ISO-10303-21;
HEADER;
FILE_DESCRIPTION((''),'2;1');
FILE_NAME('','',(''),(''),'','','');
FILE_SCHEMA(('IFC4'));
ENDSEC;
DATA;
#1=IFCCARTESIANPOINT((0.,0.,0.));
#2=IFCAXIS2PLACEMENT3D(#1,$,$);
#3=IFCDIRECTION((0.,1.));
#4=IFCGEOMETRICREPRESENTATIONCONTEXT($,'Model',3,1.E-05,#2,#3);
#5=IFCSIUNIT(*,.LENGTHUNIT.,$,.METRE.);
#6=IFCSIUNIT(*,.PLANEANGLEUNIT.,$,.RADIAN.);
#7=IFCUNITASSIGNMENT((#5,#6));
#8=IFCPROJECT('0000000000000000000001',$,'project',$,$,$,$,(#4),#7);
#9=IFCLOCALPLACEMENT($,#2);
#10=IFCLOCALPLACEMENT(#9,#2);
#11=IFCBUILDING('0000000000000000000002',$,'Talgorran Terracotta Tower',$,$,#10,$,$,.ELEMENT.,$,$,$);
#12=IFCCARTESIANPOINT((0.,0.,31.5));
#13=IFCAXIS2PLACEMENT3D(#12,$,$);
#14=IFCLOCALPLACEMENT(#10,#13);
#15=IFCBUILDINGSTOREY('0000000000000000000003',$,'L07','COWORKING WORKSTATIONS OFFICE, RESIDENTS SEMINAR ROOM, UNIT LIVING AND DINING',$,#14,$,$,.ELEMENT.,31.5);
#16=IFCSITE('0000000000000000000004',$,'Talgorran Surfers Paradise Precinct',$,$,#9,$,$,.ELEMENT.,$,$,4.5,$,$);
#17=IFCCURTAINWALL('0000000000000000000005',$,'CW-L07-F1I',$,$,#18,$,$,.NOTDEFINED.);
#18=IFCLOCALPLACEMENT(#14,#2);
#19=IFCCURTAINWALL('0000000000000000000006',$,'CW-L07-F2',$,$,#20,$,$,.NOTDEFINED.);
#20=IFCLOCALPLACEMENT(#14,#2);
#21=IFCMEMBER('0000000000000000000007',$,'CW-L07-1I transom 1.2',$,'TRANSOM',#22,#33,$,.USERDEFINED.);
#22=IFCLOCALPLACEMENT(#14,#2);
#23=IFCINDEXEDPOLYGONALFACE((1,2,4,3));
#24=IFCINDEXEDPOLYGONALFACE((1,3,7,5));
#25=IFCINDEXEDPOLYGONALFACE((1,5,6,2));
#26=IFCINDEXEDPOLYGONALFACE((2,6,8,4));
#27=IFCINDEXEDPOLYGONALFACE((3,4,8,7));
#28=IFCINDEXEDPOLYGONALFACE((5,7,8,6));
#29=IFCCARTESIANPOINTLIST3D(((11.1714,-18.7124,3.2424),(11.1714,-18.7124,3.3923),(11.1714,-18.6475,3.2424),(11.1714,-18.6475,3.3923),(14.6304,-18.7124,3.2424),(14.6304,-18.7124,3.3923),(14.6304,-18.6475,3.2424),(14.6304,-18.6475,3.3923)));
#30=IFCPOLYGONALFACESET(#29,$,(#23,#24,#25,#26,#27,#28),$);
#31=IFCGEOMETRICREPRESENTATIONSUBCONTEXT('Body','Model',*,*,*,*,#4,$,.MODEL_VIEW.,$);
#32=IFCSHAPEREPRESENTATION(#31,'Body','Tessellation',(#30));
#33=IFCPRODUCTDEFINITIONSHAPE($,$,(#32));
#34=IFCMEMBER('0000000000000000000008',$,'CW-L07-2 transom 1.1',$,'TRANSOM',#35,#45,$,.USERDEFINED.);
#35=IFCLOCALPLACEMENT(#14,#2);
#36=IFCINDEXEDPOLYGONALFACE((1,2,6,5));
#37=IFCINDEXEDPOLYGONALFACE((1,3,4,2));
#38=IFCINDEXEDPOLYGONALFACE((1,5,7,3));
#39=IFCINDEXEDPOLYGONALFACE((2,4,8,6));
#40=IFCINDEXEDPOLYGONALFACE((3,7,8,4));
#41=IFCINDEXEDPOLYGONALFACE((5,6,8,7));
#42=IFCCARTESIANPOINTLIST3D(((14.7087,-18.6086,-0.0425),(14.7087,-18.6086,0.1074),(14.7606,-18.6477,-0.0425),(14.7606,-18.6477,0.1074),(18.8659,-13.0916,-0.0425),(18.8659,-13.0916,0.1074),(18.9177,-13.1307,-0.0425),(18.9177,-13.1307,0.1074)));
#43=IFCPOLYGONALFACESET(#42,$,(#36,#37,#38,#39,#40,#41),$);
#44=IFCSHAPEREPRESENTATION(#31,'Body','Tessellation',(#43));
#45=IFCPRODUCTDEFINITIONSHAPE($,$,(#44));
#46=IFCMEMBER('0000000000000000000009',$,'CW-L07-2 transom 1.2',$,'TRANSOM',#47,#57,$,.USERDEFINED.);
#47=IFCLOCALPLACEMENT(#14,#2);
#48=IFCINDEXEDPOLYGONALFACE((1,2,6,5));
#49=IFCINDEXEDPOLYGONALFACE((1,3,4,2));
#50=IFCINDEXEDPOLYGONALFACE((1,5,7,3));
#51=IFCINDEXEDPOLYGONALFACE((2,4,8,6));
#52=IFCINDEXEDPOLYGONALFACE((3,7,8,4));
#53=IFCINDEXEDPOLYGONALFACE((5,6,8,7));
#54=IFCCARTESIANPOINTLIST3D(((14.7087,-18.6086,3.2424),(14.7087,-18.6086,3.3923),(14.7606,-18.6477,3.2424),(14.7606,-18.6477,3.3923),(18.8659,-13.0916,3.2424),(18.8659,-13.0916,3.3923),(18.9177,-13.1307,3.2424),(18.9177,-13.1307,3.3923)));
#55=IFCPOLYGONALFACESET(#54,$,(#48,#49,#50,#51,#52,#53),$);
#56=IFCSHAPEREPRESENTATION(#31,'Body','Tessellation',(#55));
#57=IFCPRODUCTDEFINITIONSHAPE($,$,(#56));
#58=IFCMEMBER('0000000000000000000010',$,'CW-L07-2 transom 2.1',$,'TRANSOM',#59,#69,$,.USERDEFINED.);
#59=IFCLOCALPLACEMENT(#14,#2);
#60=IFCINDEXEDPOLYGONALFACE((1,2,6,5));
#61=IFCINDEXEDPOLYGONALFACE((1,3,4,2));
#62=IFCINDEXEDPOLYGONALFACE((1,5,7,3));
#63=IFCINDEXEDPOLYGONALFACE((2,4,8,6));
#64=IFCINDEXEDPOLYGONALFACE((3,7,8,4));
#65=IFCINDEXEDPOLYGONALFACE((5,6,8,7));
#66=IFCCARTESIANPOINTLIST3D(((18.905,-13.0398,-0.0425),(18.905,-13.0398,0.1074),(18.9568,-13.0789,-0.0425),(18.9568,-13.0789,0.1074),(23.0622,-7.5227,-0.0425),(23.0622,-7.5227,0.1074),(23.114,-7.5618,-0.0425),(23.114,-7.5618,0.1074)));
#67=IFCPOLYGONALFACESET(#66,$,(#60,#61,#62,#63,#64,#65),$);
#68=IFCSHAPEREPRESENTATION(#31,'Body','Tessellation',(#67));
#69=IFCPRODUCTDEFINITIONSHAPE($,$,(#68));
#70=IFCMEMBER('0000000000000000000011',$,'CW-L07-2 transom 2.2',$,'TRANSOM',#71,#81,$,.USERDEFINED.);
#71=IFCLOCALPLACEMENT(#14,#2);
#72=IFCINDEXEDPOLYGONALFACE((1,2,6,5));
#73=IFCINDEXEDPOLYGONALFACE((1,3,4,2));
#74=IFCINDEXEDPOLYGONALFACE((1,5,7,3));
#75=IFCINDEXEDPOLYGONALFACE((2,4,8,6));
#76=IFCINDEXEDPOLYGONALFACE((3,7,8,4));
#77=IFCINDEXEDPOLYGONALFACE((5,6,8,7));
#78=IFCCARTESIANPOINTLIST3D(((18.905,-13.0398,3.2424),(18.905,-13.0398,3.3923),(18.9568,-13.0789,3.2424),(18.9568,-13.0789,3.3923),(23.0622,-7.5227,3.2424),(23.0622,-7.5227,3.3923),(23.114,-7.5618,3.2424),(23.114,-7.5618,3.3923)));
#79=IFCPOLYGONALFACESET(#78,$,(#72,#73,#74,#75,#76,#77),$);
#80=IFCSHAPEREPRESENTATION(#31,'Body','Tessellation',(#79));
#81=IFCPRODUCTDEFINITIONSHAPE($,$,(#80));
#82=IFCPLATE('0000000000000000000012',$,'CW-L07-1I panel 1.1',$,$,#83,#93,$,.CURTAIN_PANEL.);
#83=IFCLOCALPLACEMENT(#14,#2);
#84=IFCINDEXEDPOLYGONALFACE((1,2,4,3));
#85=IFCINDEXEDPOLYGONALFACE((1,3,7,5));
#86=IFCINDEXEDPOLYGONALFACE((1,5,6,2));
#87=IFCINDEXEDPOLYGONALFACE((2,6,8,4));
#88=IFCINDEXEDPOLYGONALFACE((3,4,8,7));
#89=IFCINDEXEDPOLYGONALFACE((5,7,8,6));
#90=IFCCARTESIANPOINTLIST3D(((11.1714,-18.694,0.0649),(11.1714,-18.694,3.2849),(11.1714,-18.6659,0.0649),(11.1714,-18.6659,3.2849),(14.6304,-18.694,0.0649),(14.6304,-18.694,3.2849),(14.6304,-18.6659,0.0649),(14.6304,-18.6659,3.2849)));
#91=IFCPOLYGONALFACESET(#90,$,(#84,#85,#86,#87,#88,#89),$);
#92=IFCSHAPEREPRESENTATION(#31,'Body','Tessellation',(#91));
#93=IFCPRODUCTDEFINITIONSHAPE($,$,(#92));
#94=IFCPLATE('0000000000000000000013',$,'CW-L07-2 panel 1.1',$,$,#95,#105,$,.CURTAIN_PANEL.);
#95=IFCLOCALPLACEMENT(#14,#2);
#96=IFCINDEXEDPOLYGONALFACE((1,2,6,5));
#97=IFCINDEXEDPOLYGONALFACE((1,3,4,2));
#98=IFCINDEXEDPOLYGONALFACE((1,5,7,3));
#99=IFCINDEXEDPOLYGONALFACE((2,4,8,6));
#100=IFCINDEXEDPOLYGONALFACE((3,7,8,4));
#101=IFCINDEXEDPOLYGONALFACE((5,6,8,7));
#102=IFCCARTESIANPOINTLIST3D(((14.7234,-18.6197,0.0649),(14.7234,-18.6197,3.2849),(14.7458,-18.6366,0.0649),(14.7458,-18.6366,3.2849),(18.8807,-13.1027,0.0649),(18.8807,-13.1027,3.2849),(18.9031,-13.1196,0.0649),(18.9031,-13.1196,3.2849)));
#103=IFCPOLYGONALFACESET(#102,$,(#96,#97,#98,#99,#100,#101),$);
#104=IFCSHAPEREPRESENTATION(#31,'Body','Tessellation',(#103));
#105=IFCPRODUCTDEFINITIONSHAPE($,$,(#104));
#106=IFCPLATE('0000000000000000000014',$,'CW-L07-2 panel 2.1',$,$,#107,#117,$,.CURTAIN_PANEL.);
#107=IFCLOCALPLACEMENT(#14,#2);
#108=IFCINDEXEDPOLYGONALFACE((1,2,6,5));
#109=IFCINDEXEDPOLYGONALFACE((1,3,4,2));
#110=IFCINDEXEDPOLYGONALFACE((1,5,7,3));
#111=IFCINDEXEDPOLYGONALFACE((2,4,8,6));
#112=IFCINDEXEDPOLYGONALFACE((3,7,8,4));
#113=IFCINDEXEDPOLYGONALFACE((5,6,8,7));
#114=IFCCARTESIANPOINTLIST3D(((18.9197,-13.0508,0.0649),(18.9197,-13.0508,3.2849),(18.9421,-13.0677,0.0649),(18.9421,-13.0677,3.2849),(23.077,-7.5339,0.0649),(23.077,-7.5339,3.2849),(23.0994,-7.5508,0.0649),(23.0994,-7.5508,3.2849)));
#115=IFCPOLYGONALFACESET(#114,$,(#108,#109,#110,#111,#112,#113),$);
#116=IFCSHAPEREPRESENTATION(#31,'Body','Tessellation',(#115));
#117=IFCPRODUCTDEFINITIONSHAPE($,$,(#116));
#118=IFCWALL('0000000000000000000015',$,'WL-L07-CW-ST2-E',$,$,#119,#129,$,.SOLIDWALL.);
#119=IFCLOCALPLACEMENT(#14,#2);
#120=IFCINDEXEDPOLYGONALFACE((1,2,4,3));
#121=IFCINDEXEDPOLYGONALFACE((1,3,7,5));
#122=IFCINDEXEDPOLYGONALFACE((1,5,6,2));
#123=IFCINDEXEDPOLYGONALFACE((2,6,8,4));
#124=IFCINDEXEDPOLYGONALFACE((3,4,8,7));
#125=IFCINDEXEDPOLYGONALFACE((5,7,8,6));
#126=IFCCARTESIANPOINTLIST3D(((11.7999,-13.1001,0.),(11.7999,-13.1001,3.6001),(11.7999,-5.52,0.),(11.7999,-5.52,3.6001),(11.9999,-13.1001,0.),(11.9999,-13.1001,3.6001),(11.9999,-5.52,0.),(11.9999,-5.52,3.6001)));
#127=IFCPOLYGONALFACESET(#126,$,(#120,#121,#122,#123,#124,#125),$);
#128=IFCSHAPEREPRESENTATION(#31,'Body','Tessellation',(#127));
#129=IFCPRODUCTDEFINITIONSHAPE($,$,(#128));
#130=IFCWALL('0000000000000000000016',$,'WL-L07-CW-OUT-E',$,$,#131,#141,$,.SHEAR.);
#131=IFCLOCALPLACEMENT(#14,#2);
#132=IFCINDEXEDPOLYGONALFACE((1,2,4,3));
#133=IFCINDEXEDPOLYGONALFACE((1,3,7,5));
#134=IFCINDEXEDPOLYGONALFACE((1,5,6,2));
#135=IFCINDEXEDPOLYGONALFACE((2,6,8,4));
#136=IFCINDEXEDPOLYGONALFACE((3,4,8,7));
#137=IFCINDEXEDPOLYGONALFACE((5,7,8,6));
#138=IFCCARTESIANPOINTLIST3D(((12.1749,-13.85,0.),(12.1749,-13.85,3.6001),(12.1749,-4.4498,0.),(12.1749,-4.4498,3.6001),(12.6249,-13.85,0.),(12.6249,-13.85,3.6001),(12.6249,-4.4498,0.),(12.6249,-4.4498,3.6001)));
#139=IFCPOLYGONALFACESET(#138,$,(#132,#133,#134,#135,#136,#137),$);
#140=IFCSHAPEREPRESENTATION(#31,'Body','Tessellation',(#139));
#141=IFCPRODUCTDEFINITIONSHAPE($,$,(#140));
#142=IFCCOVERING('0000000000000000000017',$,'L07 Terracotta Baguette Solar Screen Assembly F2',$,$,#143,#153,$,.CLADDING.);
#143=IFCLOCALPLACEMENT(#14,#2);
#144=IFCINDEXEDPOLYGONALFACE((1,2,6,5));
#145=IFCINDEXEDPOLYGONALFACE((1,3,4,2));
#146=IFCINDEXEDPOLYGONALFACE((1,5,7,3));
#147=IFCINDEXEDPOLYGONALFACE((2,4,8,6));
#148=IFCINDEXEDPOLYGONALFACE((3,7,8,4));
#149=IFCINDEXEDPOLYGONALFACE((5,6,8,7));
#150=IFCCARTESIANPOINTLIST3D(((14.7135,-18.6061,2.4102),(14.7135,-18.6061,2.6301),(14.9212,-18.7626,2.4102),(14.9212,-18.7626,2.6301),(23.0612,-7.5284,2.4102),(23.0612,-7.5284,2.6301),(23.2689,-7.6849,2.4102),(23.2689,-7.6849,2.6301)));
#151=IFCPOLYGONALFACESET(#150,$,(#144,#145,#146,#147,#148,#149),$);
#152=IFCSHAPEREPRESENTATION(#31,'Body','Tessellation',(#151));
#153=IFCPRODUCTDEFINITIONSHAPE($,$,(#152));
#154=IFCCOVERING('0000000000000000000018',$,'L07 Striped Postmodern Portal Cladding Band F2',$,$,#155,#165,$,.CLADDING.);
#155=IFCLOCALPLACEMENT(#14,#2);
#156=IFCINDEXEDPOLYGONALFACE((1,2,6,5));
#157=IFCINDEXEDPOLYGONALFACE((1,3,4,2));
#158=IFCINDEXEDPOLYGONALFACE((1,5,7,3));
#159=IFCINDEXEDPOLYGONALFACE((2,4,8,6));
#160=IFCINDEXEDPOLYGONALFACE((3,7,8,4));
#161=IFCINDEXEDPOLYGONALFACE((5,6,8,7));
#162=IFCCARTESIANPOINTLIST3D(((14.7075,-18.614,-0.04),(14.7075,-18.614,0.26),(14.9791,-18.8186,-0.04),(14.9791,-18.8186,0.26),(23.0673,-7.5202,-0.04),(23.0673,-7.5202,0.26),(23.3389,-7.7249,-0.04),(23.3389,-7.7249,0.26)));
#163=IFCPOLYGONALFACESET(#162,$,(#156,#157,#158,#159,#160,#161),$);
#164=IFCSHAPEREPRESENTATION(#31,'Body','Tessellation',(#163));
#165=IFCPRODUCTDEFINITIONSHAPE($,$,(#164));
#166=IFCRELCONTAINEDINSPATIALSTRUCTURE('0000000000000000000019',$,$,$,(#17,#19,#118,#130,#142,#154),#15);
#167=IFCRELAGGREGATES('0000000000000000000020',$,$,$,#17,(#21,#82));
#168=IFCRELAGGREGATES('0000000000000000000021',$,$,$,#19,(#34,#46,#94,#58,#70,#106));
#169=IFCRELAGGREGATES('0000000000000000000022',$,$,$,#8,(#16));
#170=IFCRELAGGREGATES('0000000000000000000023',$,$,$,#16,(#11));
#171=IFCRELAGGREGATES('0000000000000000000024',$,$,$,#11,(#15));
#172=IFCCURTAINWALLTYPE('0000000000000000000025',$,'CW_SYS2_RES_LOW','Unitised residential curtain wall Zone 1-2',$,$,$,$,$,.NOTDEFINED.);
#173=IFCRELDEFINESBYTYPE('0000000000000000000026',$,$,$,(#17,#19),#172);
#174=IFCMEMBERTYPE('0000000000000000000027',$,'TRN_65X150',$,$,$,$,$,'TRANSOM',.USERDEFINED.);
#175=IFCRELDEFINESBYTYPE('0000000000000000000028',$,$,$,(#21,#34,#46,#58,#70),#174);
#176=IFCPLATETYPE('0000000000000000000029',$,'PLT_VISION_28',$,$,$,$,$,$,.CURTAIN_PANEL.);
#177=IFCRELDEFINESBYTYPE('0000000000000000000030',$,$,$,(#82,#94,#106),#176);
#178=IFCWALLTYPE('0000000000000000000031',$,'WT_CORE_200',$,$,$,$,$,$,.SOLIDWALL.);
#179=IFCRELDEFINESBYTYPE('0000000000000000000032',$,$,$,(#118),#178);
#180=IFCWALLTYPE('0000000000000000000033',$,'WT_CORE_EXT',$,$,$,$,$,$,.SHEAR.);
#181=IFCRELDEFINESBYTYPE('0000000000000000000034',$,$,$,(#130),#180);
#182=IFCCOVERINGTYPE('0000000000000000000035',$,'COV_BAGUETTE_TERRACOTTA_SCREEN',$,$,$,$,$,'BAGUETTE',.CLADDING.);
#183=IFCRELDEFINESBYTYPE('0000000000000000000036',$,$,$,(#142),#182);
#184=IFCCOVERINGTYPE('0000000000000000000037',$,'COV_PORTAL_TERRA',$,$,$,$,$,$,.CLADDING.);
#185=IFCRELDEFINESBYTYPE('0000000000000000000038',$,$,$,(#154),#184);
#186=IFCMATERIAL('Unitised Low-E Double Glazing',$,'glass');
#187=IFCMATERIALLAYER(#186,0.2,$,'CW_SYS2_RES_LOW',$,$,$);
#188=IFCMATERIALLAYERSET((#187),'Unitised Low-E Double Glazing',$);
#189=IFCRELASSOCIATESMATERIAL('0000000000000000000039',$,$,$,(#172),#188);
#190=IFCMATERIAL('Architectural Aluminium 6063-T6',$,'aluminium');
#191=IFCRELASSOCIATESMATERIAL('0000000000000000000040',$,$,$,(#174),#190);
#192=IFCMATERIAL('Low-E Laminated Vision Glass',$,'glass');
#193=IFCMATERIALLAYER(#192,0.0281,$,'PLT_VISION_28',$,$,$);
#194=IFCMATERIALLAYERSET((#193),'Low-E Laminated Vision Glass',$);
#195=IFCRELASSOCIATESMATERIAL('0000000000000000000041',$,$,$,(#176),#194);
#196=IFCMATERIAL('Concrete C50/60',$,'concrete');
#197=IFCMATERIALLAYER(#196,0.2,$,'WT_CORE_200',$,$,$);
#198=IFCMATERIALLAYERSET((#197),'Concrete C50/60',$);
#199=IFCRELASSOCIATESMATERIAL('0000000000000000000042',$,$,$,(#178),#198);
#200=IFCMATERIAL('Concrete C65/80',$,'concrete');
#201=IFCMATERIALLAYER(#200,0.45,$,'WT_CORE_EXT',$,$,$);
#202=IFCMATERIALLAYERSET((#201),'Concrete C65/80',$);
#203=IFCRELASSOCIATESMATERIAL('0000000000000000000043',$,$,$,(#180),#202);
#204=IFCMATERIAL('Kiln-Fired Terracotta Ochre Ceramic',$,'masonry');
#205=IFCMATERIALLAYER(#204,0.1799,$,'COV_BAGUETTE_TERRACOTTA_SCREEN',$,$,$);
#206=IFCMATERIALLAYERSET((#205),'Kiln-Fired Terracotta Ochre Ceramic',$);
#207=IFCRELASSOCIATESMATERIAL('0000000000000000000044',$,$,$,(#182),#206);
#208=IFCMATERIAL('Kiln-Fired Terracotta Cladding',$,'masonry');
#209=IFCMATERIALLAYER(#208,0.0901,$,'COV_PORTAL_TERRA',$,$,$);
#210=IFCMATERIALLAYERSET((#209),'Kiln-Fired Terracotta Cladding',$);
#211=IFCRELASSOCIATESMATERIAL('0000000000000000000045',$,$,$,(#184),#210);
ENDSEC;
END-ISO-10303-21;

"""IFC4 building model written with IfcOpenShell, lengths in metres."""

from ifc_helpers import new_model, si_unit, direction, frame, frame_2d, origin, origin_2d, place, context, subcontext, project, spatial, rectangle, extrude, source, transform, mapped, material, layer, layer_set, material_profile, profile_set, type_object, type_shapes, element, aggregate, save


model = new_model("IFC4")

# Units and contexts
model_context = context("Model", 3, precision=1e-05, world=origin(), true_north=direction((0.0, 1.0)))
body_context = subcontext(model_context, "Body", "Model", "MODEL_VIEW")
ifc_project = project(units=[si_unit("LENGTHUNIT", "METRE"), si_unit("PLANEANGLEUNIT", "RADIAN")], contexts=[model_context])

# Site, building, storey
site_placement = place(None, origin())
site = spatial("IfcSite", under=ifc_project, at=site_placement, Name="Talgorran Surfers Paradise Precinct", CompositionType="ELEMENT", RefElevation=4.5)
building_placement = place(site_placement, origin())
building = spatial("IfcBuilding", under=site, at=building_placement, Name="Talgorran Terracotta Tower", CompositionType="ELEMENT")
storey_placement = place(building_placement, frame((0.0, 0.0, 31.5)))
storey = spatial("IfcBuildingStorey", under=building, at=storey_placement, Name="L07", Description="COWORKING WORKSTATIONS OFFICE, RESIDENTS SEMINAR ROOM, UNIT LIVING AND DINING", CompositionType="ELEMENT", Elevation=31.5)

# Shared definitions
ifc_material_1 = material(Name="Unitised Low-E Double Glazing", Category="glass")
ifc_layer_1 = layer(ifc_material_1, 0.2, Name="CW_SYS2_RES_LOW")
ifc_layer_set_1 = layer_set([ifc_layer_1], Name="Unitised Low-E Double Glazing")
curtain_wall_type = type_object("IfcCurtainWallType", Name="CW_SYS2_RES_LOW", Description="Unitised residential curtain wall Zone 1-2", PredefinedType="NOTDEFINED", material=ifc_layer_set_1)
ifc_material_2 = material(Name="Architectural Aluminium 6063-T6", Category="aluminium")

# Curtain walls
curtain_wall_1_placement = place(storey_placement, origin())
curtain_wall_1 = element("IfcCurtainWall", 1, at=curtain_wall_1_placement, inside=storey, type_object=curtain_wall_type, Name="CW-L07-F1I", PredefinedType="NOTDEFINED")
curtain_wall_2_placement = place(storey_placement, origin())
curtain_wall_2 = element("IfcCurtainWall", 2, at=curtain_wall_2_placement, inside=storey, type_object=curtain_wall_type, Name="CW-L07-F2", PredefinedType="NOTDEFINED")

# Members
ifc_material_profile_1 = material_profile(ifc_material_2, rectangle(XDim=0.0649, YDim=0.1499, at=origin_2d()), Name="CWT65X150")
ifc_profile_set_1 = profile_set([ifc_material_profile_1], Name="Architectural Aluminium 6063-T6")
member_type_1 = type_object("IfcMemberType", Name="TRN_65X150", ElementType="TRANSOM", PredefinedType="USERDEFINED", material=ifc_profile_set_1)
member_1_placement = place(storey_placement, frame((11.1714, -18.6799, 3.3174), z_axis=(1.0, 0.0, 0.0), x_axis=(0.0, 1.0, 0.0)))
member_1 = element("IfcMember", 3, at=member_1_placement, type_object=member_type_1, Name="CW-L07-1I transom 1.2", ObjectType="TRANSOM", PredefinedType="USERDEFINED", context=body_context, shape_type="SweptSolid", body=[
    extrude(rectangle(XDim=0.0649, YDim=0.1499, at=origin_2d()), origin(), (0.0, 0.0, 1.0), 3.459),
])
member_2_placement = place(storey_placement, frame((14.7346, -18.6282, 0.0325), z_axis=(0.601797, 0.798649, 0.0), x_axis=(-0.798649, 0.601797, 0.0)))
member_2 = element("IfcMember", 4, at=member_2_placement, type_object=member_type_1, Name="CW-L07-2 transom 1.1", ObjectType="TRANSOM", PredefinedType="USERDEFINED", context=body_context, shape_type="SweptSolid", body=[
    extrude(rectangle(XDim=0.0649, YDim=0.1499, at=origin_2d()), origin(), (0.0, 0.0, 1.0), 6.908),
])
member_3_placement = place(storey_placement, frame((14.7346, -18.6282, 3.3174), z_axis=(0.601797, 0.798649, 0.0), x_axis=(-0.798649, 0.601797, 0.0)))
member_3 = element("IfcMember", 5, at=member_3_placement, type_object=member_type_1, Name="CW-L07-2 transom 1.2", ObjectType="TRANSOM", PredefinedType="USERDEFINED", context=body_context, shape_type="SweptSolid", body=[
    extrude(rectangle(XDim=0.0649, YDim=0.1499, at=origin_2d()), origin(), (0.0, 0.0, 1.0), 6.908),
])
member_4_placement = place(storey_placement, frame((18.9309, -13.0593, 0.0325), z_axis=(0.601797, 0.798649, 0.0), x_axis=(-0.798649, 0.601797, 0.0)))
member_4 = element("IfcMember", 6, at=member_4_placement, type_object=member_type_1, Name="CW-L07-2 transom 2.1", ObjectType="TRANSOM", PredefinedType="USERDEFINED", context=body_context, shape_type="SweptSolid", body=[
    extrude(rectangle(XDim=0.0649, YDim=0.1499, at=origin_2d()), origin(), (0.0, 0.0, 1.0), 6.908),
])
member_5_placement = place(storey_placement, frame((18.9309, -13.0593, 3.3174), z_axis=(0.601797, 0.798649, 0.0), x_axis=(-0.798649, 0.601797, 0.0)))
member_5 = element("IfcMember", 7, at=member_5_placement, type_object=member_type_1, Name="CW-L07-2 transom 2.2", ObjectType="TRANSOM", PredefinedType="USERDEFINED", context=body_context, shape_type="SweptSolid", body=[
    extrude(rectangle(XDim=0.0649, YDim=0.1499, at=origin_2d()), origin(), (0.0, 0.0, 1.0), 6.908),
])

# Plates
ifc_material_3 = material(Name="Low-E Laminated Vision Glass", Category="glass")
ifc_layer_2 = layer(ifc_material_3, 0.0281, Name="PLT_VISION_28")
ifc_layer_set_2 = layer_set([ifc_layer_2], Name="Low-E Laminated Vision Glass")
plate_type = type_object("IfcPlateType", Name="PLT_VISION_28", PredefinedType="CURTAIN_PANEL", material=ifc_layer_set_2)
shared_shape_1 = source(origin(), body_context, "Body", "SweptSolid", [
    extrude(rectangle(XDim=3.459, YDim=0.0281, at=origin_2d()), origin(), (0.0, 0.0, 1.0), 3.22),
])
plate_1_placement = place(storey_placement, frame((12.9009, -18.6799, 0.0649), z_axis=(0.0, 0.0, 1.0), x_axis=(1.0, 0.0, 0.0)))
plate_1 = element("IfcPlate", 8, at=plate_1_placement, type_object=plate_type, Name="CW-L07-1I panel 1.1", PredefinedType="CURTAIN_PANEL", context=body_context, shape_type="MappedRepresentation", body=[
    mapped(shared_shape_1, transform((0.0, 0.0, 0.0), scale=1.0)),
])
aggregate(curtain_wall_1, [member_1, plate_1])
shared_shape_2 = source(origin(), body_context, "Body", "SweptSolid", [
    extrude(rectangle(XDim=6.908, YDim=0.0281, at=origin_2d()), origin(), (0.0, 0.0, 1.0), 3.22),
])
type_shapes(plate_type, [shared_shape_1, shared_shape_2])
plate_2_placement = place(storey_placement, frame((16.8132, -15.8696, 0.0649), z_axis=(0.0, 0.0, 1.0), x_axis=(0.601812, 0.798638, 0.0)))
plate_2 = element("IfcPlate", 9, at=plate_2_placement, type_object=plate_type, Name="CW-L07-2 panel 1.1", PredefinedType="CURTAIN_PANEL", context=body_context, shape_type="MappedRepresentation", body=[
    mapped(shared_shape_2, transform((0.0, 0.0, 0.0), scale=1.0)),
])
plate_3_placement = place(storey_placement, frame((21.0095, -10.3008, 0.0649), z_axis=(0.0, 0.0, 1.0), x_axis=(0.601812, 0.798638, 0.0)))
plate_3 = element("IfcPlate", 10, at=plate_3_placement, type_object=plate_type, Name="CW-L07-2 panel 2.1", PredefinedType="CURTAIN_PANEL", context=body_context, shape_type="MappedRepresentation", body=[
    mapped(shared_shape_2, transform((0.0, 0.0, 0.0), scale=1.0)),
])
aggregate(curtain_wall_2, [member_2, member_3, plate_2, member_4, member_5, plate_3])

# Walls
ifc_material_4 = material(Name="Concrete C50/60", Category="concrete")
ifc_layer_3 = layer(ifc_material_4, 0.2, Name="WT_CORE_200")
ifc_layer_set_3 = layer_set([ifc_layer_3], Name="Concrete C50/60")
wall_type_1 = type_object("IfcWallType", Name="WT_CORE_200", PredefinedType="SOLIDWALL", material=ifc_layer_set_3)
wall_1_placement = place(storey_placement, frame((11.8999, -13.1001, 0.0), z_axis=(0.0, 0.0, 1.0), x_axis=(0.0, 1.0, 0.0)))
element("IfcWall", 11, at=wall_1_placement, inside=storey, type_object=wall_type_1, Name="WL-L07-CW-ST2-E", PredefinedType="SOLIDWALL", context=body_context, shape_type="SweptSolid", body=[
    extrude(rectangle(XDim=7.5801, YDim=0.2, at=frame_2d((3.79, 0.0))), origin(), (0.0, 0.0, 1.0), 3.6001),
])
ifc_material_5 = material(Name="Concrete C65/80", Category="concrete")
ifc_layer_4 = layer(ifc_material_5, 0.45, Name="WT_CORE_EXT")
ifc_layer_set_4 = layer_set([ifc_layer_4], Name="Concrete C65/80")
wall_type_2 = type_object("IfcWallType", Name="WT_CORE_EXT", PredefinedType="SHEAR", material=ifc_layer_set_4)
wall_2_placement = place(storey_placement, frame((12.3999, -13.8501, 0.0), z_axis=(0.0, 0.0, 1.0), x_axis=(0.0, 1.0, 0.0)))
element("IfcWall", 12, at=wall_2_placement, inside=storey, type_object=wall_type_2, Name="WL-L07-CW-OUT-E", PredefinedType="SHEAR", context=body_context, shape_type="SweptSolid", body=[
    extrude(rectangle(XDim=9.4001, YDim=0.45, at=frame_2d((4.7002, 0.0))), origin(), (0.0, 0.0, 1.0), 3.6001),
])

# Coverings
ifc_material_6 = material(Name="Kiln-Fired Terracotta Ochre Ceramic", Category="masonry")
ifc_layer_5 = layer(ifc_material_6, 0.1799, Name="COV_BAGUETTE_TERRACOTTA_SCREEN")
ifc_layer_set_5 = layer_set([ifc_layer_5], Name="Kiln-Fired Terracotta Ochre Ceramic")
covering_type_1 = type_object("IfcCoveringType", Name="COV_BAGUETTE_TERRACOTTA_SCREEN", ElementType="BAGUETTE", PredefinedType="CLADDING", material=ifc_layer_set_5)
covering_1_placement = place(storey_placement, frame((18.9912, -13.1455, 2.4102), z_axis=(0.0, 0.0, 1.0), x_axis=(0.601815, 0.798636, 0.0)))
element("IfcCovering", 13, at=covering_1_placement, inside=storey, type_object=covering_type_1, Name="L07 Terracotta Baguette Solar Screen Assembly F2", PredefinedType="CLADDING", context=body_context, shape_type="SweptSolid", body=[
    extrude(rectangle(XDim=13.8708, YDim=0.26, at=origin_2d()), origin(), (0.0, 0.0, 1.0), 0.22),
])
ifc_material_7 = material(Name="Kiln-Fired Terracotta Cladding", Category="masonry")
ifc_layer_6 = layer(ifc_material_7, 0.0901, Name="COV_PORTAL_TERRA")
ifc_layer_set_6 = layer_set([ifc_layer_6], Name="Kiln-Fired Terracotta Cladding")
covering_type_2 = type_object("IfcCoveringType", Name="COV_PORTAL_TERRA", PredefinedType="CLADDING", material=ifc_layer_set_6)
covering_2_placement = place(storey_placement, frame((19.0232, -13.1694, -0.04), z_axis=(0.0, 0.0, 1.0), x_axis=(0.601815, 0.798636, 0.0)))
element("IfcCovering", 14, at=covering_2_placement, inside=storey, type_object=covering_type_2, Name="L07 Striped Postmodern Portal Cladding Band F2", PredefinedType="CLADDING", context=body_context, shape_type="SweptSolid", body=[
    extrude(rectangle(XDim=13.8909, YDim=0.3401, at=origin_2d()), origin(), (0.0, 0.0, 1.0), 0.3),
])

save(model, "model.ifc")
